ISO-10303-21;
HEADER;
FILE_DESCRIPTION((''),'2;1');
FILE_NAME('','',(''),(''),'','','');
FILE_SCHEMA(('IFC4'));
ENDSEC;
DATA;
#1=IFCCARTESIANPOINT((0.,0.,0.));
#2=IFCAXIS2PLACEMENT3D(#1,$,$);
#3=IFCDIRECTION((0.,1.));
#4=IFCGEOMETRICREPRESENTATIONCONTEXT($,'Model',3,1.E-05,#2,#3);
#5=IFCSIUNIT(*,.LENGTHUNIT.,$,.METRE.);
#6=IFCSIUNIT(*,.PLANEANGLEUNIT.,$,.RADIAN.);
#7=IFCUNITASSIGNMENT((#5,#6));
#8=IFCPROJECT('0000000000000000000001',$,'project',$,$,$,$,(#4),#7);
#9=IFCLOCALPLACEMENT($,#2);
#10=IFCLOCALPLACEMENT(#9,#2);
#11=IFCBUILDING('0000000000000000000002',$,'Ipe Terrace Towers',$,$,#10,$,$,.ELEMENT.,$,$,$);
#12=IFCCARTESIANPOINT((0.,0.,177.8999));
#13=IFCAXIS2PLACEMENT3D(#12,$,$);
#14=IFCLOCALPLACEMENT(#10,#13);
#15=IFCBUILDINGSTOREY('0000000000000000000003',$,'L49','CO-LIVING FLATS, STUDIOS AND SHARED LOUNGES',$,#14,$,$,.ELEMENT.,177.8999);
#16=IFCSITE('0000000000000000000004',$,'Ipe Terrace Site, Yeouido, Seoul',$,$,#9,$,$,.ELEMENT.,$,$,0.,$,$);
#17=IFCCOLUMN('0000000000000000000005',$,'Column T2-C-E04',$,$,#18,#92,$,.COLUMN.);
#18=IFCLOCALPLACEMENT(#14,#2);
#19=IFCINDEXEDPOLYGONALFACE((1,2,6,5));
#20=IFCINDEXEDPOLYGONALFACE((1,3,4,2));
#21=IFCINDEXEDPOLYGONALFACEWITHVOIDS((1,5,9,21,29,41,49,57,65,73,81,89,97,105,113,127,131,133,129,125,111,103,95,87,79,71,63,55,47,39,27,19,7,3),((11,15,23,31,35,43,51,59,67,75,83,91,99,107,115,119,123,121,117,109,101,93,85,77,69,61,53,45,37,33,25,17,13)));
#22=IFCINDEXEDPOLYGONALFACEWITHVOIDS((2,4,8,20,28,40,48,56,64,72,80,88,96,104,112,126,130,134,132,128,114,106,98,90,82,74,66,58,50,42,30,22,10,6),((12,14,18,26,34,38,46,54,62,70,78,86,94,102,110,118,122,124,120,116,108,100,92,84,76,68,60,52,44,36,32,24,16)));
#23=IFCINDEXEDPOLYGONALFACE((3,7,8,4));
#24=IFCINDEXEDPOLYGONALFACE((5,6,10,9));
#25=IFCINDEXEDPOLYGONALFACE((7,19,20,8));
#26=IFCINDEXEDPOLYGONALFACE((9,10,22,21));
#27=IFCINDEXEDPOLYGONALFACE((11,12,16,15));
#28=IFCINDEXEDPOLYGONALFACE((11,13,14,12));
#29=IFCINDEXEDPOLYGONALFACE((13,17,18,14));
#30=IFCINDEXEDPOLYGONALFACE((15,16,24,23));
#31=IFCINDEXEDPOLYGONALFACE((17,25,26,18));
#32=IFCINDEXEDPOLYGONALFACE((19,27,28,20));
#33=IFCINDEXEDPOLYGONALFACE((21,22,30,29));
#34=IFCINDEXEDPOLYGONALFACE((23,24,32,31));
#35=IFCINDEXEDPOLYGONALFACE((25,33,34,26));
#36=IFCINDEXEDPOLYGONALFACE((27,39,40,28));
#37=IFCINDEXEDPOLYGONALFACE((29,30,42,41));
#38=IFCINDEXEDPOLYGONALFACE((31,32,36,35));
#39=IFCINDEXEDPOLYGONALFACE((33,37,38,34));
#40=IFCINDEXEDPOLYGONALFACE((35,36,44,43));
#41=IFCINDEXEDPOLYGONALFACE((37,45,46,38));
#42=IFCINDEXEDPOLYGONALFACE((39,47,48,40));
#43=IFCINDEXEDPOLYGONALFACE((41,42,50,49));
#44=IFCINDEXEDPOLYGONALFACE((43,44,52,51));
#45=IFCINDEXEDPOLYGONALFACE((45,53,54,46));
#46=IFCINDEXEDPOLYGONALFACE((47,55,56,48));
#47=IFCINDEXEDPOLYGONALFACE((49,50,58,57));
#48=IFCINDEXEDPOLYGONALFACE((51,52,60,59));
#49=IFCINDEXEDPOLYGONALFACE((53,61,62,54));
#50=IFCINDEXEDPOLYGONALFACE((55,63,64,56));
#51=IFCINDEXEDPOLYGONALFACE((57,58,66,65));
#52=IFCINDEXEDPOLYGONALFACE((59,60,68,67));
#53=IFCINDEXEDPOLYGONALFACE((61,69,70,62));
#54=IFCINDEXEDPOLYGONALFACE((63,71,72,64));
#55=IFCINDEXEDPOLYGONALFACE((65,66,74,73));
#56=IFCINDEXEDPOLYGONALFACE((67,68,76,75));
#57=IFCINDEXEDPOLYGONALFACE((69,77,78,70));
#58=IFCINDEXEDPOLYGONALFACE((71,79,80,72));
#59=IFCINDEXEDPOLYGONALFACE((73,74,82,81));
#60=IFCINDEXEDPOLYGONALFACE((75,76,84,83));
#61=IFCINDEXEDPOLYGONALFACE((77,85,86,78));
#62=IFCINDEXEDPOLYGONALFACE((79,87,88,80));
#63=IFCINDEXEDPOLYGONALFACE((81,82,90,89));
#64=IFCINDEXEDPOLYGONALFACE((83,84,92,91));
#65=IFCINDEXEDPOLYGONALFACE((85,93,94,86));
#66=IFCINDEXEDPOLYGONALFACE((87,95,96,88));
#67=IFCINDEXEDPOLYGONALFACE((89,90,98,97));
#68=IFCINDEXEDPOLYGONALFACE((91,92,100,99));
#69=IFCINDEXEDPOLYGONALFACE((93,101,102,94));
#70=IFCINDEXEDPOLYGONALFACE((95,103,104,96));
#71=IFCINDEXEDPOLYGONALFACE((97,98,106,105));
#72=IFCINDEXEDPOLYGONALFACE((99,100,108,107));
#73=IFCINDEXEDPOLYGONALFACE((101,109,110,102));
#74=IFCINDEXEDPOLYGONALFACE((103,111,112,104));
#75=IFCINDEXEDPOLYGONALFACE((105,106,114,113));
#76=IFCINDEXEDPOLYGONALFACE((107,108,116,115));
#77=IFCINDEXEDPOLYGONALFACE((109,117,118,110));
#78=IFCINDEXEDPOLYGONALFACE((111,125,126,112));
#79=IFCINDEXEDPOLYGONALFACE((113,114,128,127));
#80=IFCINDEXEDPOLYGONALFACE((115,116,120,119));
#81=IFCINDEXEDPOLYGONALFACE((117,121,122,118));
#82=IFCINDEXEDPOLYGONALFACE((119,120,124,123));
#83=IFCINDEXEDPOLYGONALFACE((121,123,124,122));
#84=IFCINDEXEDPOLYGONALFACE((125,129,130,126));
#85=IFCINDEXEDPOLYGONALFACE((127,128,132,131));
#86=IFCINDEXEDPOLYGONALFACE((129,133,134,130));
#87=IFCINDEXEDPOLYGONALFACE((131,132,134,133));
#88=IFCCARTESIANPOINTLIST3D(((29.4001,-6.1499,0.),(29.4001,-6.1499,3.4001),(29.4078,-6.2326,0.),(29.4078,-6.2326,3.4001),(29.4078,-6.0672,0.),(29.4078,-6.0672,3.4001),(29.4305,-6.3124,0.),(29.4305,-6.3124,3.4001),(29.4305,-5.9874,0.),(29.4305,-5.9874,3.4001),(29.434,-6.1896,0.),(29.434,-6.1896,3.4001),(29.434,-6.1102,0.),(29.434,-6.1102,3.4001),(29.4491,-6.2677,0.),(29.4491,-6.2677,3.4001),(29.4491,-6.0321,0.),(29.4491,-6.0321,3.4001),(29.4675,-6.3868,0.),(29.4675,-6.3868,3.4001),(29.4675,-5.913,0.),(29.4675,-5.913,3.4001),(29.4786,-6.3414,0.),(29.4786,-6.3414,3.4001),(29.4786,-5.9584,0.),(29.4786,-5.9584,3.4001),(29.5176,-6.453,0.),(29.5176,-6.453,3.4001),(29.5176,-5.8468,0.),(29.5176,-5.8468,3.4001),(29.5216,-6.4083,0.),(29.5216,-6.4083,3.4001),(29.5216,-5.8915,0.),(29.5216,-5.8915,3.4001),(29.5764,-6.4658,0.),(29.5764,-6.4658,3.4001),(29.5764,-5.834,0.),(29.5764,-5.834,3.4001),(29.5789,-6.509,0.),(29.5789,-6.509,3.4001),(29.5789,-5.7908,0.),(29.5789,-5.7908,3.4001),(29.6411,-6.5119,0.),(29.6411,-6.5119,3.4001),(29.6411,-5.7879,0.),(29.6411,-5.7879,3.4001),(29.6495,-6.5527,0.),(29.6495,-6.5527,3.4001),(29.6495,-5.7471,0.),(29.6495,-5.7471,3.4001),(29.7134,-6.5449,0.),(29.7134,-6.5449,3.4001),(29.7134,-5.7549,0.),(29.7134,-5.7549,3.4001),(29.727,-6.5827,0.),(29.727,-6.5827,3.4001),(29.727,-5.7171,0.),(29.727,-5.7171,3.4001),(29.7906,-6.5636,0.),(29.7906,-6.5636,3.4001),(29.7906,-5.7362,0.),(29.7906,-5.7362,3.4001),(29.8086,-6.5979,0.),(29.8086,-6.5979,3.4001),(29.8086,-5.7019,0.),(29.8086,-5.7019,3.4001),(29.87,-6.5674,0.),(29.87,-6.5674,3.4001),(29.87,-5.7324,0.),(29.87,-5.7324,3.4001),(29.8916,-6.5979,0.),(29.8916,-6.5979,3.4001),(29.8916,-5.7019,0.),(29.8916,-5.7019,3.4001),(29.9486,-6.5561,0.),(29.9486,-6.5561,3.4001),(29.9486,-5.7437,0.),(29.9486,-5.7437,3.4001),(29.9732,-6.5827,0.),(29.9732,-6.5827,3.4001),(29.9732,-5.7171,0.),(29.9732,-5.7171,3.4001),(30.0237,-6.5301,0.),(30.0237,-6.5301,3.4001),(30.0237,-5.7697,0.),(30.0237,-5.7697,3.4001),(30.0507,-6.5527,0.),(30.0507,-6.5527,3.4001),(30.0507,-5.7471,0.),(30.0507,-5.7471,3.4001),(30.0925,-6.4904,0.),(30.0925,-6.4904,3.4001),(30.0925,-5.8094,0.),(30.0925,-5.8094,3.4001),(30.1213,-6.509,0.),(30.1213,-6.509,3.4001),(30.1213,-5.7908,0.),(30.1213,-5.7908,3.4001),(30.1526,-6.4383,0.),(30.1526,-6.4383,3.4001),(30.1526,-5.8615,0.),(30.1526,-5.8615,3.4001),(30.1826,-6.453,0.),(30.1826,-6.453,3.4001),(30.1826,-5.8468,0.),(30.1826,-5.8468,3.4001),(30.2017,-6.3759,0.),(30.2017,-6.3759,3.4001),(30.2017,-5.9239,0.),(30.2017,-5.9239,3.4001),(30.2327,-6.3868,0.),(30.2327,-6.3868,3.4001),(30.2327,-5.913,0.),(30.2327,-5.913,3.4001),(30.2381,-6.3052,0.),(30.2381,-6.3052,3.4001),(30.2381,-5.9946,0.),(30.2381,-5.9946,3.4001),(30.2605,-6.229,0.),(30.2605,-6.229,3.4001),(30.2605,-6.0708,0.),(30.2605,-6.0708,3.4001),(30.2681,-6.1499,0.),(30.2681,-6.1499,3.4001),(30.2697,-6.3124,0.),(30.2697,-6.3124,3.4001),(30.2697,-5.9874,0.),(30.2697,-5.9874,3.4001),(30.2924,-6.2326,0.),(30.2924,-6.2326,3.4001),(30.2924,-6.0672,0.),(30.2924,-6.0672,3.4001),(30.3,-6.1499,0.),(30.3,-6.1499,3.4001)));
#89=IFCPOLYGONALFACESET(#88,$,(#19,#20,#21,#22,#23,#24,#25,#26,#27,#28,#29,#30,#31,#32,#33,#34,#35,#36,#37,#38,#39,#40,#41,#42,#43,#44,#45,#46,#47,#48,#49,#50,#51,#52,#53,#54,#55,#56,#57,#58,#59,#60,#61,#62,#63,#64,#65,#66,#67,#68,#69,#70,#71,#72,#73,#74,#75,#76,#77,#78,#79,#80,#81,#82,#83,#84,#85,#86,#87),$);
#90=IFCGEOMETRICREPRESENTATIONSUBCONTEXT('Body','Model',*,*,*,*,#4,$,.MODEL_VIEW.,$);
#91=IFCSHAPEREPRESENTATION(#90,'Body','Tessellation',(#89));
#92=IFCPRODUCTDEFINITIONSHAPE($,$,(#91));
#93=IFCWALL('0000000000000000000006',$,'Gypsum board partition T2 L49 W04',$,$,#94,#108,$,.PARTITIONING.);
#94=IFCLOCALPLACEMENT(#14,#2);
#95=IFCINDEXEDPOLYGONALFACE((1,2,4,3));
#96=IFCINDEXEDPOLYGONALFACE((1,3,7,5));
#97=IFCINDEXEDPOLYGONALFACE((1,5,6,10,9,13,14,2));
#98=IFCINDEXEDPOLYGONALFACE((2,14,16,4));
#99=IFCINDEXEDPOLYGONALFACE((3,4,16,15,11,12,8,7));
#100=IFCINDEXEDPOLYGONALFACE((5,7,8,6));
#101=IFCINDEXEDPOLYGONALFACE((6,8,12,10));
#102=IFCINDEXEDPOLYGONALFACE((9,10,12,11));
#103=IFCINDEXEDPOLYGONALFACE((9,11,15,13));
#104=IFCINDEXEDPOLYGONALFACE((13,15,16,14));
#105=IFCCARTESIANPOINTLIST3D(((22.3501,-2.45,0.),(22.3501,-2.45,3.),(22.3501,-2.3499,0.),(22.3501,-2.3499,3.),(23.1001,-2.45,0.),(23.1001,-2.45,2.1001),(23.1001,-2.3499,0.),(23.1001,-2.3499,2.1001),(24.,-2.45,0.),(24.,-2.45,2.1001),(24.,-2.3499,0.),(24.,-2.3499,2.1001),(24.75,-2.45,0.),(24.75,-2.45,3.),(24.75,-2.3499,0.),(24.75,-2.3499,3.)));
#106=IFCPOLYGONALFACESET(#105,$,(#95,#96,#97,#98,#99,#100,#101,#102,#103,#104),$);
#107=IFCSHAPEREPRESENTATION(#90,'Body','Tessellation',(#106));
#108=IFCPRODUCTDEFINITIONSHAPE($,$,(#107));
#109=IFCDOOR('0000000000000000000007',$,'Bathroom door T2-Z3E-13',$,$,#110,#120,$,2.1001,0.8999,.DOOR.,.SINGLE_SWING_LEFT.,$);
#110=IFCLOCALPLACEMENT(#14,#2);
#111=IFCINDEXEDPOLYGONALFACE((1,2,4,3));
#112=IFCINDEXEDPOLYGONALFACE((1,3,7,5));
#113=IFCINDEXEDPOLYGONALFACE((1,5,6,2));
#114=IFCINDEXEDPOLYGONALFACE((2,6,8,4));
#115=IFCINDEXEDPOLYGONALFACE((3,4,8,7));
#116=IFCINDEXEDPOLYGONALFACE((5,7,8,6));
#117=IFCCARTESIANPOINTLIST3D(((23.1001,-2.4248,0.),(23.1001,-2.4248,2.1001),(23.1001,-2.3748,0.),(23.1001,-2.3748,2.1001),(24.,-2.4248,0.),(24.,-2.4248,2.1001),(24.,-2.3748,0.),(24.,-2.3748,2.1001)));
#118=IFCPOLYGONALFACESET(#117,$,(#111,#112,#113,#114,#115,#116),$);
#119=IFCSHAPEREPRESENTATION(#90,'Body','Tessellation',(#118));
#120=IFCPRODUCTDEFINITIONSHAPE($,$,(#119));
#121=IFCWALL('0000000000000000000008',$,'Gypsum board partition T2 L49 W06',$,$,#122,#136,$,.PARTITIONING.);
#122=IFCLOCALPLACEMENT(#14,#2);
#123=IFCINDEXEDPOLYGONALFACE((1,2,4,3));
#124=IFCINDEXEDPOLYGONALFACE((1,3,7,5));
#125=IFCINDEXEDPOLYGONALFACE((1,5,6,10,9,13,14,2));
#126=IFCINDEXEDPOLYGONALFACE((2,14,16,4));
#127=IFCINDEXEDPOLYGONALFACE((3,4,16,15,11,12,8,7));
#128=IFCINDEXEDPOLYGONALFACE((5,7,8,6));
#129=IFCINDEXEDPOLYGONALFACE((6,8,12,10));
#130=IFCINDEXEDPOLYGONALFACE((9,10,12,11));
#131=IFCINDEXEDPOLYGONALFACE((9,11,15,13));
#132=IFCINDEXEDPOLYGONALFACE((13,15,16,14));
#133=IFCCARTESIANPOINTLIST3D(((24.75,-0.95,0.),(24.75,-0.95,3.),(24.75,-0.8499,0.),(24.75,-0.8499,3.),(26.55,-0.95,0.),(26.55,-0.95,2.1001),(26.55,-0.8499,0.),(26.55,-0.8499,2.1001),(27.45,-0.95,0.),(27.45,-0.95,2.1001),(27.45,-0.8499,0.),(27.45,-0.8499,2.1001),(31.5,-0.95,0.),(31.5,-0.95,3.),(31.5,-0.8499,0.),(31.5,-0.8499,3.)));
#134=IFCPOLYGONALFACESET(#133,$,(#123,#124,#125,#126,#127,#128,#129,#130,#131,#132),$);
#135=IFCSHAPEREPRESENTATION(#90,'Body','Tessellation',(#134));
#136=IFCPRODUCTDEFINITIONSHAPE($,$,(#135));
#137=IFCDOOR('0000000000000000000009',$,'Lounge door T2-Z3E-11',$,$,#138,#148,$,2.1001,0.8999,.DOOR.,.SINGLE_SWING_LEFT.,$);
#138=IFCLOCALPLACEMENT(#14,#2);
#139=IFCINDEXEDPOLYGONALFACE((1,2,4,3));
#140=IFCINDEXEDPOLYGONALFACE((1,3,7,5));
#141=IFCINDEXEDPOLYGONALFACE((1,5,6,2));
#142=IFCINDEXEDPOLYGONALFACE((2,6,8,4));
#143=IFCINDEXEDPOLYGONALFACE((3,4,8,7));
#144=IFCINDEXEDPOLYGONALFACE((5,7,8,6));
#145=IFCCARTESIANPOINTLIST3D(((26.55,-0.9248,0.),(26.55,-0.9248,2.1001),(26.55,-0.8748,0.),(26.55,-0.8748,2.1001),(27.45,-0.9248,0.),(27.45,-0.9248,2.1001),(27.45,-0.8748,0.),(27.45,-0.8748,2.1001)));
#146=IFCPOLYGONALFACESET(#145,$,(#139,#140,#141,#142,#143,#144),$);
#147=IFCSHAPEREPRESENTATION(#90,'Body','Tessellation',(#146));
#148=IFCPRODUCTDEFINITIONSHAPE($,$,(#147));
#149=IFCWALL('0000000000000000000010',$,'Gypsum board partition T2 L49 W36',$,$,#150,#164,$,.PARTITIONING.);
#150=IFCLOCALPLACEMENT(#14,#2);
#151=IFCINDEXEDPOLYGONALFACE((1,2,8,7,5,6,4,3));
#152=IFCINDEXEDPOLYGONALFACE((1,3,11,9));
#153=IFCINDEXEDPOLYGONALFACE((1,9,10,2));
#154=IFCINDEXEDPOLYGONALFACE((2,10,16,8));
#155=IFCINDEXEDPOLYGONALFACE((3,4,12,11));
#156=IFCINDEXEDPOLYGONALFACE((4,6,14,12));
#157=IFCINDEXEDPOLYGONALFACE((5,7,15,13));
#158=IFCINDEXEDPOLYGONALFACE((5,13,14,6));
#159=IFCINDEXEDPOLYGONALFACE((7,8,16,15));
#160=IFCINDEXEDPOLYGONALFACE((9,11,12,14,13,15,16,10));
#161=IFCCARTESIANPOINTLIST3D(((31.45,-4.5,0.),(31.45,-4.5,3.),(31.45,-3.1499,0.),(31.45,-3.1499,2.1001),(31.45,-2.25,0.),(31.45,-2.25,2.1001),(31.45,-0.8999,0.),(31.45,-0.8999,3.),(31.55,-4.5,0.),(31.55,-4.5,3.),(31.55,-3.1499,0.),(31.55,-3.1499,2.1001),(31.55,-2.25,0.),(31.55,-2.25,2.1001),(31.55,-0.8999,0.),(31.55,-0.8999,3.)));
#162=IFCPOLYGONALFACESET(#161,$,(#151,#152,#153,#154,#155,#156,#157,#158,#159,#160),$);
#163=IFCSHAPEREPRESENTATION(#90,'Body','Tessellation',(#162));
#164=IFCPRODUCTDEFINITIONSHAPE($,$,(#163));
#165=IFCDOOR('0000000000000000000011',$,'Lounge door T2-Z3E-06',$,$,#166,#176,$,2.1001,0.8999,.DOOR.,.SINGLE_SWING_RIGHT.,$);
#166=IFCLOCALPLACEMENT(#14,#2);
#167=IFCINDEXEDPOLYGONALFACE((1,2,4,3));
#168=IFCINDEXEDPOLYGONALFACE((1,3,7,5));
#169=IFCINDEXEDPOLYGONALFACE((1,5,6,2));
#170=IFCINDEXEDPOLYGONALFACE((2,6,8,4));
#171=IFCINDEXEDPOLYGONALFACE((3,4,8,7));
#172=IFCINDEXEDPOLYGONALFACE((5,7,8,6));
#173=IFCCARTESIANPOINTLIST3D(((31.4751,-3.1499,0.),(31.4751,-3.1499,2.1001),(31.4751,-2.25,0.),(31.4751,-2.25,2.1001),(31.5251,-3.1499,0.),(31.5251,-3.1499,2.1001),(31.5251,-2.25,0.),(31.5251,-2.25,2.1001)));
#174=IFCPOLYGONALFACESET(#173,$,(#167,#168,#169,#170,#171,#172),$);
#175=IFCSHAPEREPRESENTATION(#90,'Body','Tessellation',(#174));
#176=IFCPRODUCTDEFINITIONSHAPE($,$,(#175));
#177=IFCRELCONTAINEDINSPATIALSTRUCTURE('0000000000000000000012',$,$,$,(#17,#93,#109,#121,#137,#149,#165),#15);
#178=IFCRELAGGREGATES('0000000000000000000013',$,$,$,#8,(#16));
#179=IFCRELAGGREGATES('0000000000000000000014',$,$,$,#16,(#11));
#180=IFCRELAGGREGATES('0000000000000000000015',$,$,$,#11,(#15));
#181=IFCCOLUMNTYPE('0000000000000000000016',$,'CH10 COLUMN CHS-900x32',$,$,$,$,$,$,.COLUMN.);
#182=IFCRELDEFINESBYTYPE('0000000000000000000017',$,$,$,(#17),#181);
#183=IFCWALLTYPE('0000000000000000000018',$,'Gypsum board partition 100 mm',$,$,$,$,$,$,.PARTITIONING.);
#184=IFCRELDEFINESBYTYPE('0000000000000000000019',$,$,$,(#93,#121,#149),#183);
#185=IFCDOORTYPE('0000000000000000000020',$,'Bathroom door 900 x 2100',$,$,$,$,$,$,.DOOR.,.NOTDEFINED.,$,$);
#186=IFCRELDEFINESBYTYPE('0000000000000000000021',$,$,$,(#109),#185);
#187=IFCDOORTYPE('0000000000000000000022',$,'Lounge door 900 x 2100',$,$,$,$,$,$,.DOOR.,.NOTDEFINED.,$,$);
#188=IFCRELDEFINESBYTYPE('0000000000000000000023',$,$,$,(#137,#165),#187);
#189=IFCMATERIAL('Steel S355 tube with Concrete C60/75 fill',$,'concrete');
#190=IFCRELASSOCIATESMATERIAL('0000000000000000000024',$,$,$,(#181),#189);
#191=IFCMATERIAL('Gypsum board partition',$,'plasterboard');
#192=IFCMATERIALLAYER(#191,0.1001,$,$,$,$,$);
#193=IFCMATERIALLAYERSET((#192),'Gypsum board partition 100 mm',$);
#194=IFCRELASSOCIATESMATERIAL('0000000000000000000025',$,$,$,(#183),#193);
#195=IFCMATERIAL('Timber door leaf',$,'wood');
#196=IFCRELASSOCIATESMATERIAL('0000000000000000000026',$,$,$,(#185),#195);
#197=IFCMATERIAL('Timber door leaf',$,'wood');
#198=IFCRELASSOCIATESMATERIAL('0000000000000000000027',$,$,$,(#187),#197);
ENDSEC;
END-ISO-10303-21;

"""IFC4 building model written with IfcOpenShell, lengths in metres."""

from ifc_helpers import new_model, si_unit, direction, frame, frame_2d, origin, origin_2d, place, context, subcontext, project, spatial, rectangle, hollow_circle, extrude, material, layer, layer_set, material_profile, profile_set, type_object, element, fill, save


model = new_model("IFC4")

# Units and contexts
model_context = context("Model", 3, precision=1e-05, world=origin(), true_north=direction((0.0, 1.0)))
body_context = subcontext(model_context, "Body", "Model", "MODEL_VIEW")
ifc_project = project(units=[si_unit("LENGTHUNIT", "METRE"), si_unit("PLANEANGLEUNIT", "RADIAN")], contexts=[model_context])

# Site, building, storey
site_placement = place(None, origin())
site = spatial("IfcSite", under=ifc_project, at=site_placement, Name="Ipe Terrace Site, Yeouido, Seoul", CompositionType="ELEMENT", RefElevation=0.0)
building_placement = place(site_placement, origin())
building = spatial("IfcBuilding", under=site, at=building_placement, Name="Ipe Terrace Towers", CompositionType="ELEMENT")
storey_placement = place(building_placement, frame((0.0, 0.0, 177.8999)))
storey = spatial("IfcBuildingStorey", under=building, at=storey_placement, Name="L49", Description="CO-LIVING FLATS, STUDIOS AND SHARED LOUNGES", CompositionType="ELEMENT", Elevation=177.8999)

# Column
ifc_material_1 = material(Name="Steel S355 tube with Concrete C60/75 fill", Category="concrete")
ifc_material_profile = material_profile(ifc_material_1, hollow_circle(Radius=0.45, WallThickness=0.032, at=origin_2d()), Name="CHS-900x32")
ifc_profile_set = profile_set([ifc_material_profile], Name="Steel S355 tube with Concrete C60/75 fill")
column_type = type_object("IfcColumnType", Name="CH10 COLUMN CHS-900x32", PredefinedType="COLUMN", material=ifc_profile_set)
column_placement = place(storey_placement, frame((29.8501, -6.1499, 0.0), z_axis=(0.0, 0.0, 1.0), x_axis=(1.0, 0.0, 0.0)))
element("IfcColumn", 1, at=column_placement, inside=storey, type_object=column_type, Name="Column T2-C-E04", PredefinedType="COLUMN", context=body_context, shape_type="SweptSolid", body=[
    extrude(hollow_circle(Radius=0.45, WallThickness=0.032, at=origin_2d()), origin(), (0.0, 0.0, 1.0), 3.4001),
])

# Walls, openings, doors
ifc_material_2 = material(Name="Gypsum board partition", Category="plasterboard")
ifc_layer_1 = layer(ifc_material_2, 0.1001)
ifc_layer_set_1 = layer_set([ifc_layer_1], Name="Gypsum board partition 100 mm")
wall_type_1 = type_object("IfcWallType", Name="Gypsum board partition 100 mm", PredefinedType="PARTITIONING", material=ifc_layer_set_1)
wall_1_placement = place(storey_placement, frame((24.75, -2.3999, 0.0), z_axis=(0.0, 0.0, 1.0), x_axis=(-1.0, 0.0, 0.0)))
wall_1 = element("IfcWall", 2, at=wall_1_placement, inside=storey, type_object=wall_type_1, Name="Gypsum board partition T2 L49 W04", PredefinedType="PARTITIONING", context=body_context, shape_type="SweptSolid", body=[
    extrude(rectangle(XDim=2.3999, YDim=0.1001, at=frame_2d((1.2, 0.0))), origin(), (0.0, 0.0, 1.0), 3.0),
])
opening_1_placement = place(wall_1_placement, frame((0.75, 0.0, 0.0)))
opening_1 = element("IfcOpeningElement", 3, at=opening_1_placement, cuts=wall_1, PredefinedType="OPENING", context=body_context, shape_type="SweptSolid", body=[
    extrude(rectangle(XDim=0.8999, YDim=2.1001, at=frame_2d((0.45, 1.05))), frame((0.0, 0.0601, 0.0), z_axis=(0.0, -1.0, 0.0), x_axis=(1.0, 0.0, 0.0)), (0.0, 0.0, 1.0), 0.1201),
])
ifc_material_3 = material(Name="Timber door leaf", Category="wood")
door_type_1 = type_object("IfcDoorType", Name="Bathroom door 900 x 2100", OperationType="NOTDEFINED", PredefinedType="DOOR", material=ifc_material_3)
door_1_placement = place(opening_1_placement, origin())
door_1 = element("IfcDoor", 4, at=door_1_placement, inside=storey, type_object=door_type_1, Name="Bathroom door T2-Z3E-13", OperationType="SINGLE_SWING_LEFT", OverallHeight=2.1001, OverallWidth=0.8999, PredefinedType="DOOR", context=body_context, shape_type="SweptSolid", body=[
    extrude(rectangle(XDim=0.8999, YDim=2.1001, at=frame_2d((0.45, 1.05))), frame((0.0, 0.0249, 0.0), z_axis=(0.0, -1.0, 0.0), x_axis=(1.0, 0.0, 0.0)), (0.0, 0.0, 1.0), 0.05),
])
fill(opening_1, door_1)
wall_2_placement = place(storey_placement, frame((31.5, -0.8999, 0.0), z_axis=(0.0, 0.0, 1.0), x_axis=(-1.0, 0.0, 0.0)))
wall_2 = element("IfcWall", 5, at=wall_2_placement, inside=storey, type_object=wall_type_1, Name="Gypsum board partition T2 L49 W06", PredefinedType="PARTITIONING", context=body_context, shape_type="SweptSolid", body=[
    extrude(rectangle(XDim=6.75, YDim=0.1001, at=frame_2d((3.375, 0.0))), origin(), (0.0, 0.0, 1.0), 3.0),
])
opening_2_placement = place(wall_2_placement, frame((4.05, 0.0, 0.0)))
opening_2 = element("IfcOpeningElement", 6, at=opening_2_placement, cuts=wall_2, PredefinedType="OPENING", context=body_context, shape_type="SweptSolid", body=[
    extrude(rectangle(XDim=0.8999, YDim=2.1001, at=frame_2d((0.45, 1.05))), frame((0.0, 0.0601, 0.0), z_axis=(0.0, -1.0, 0.0), x_axis=(1.0, 0.0, 0.0)), (0.0, 0.0, 1.0), 0.1201),
])
ifc_material_4 = material(Name="Timber door leaf", Category="wood")
door_type_2 = type_object("IfcDoorType", Name="Lounge door 900 x 2100", OperationType="NOTDEFINED", PredefinedType="DOOR", material=ifc_material_4)
door_2_placement = place(opening_2_placement, origin())
door_2 = element("IfcDoor", 7, at=door_2_placement, inside=storey, type_object=door_type_2, Name="Lounge door T2-Z3E-11", OperationType="SINGLE_SWING_LEFT", OverallHeight=2.1001, OverallWidth=0.8999, PredefinedType="DOOR", context=body_context, shape_type="SweptSolid", body=[
    extrude(rectangle(XDim=0.8999, YDim=2.1001, at=frame_2d((0.45, 1.05))), frame((0.0, 0.0249, 0.0), z_axis=(0.0, -1.0, 0.0), x_axis=(1.0, 0.0, 0.0)), (0.0, 0.0, 1.0), 0.05),
])
fill(opening_2, door_2)
wall_3_placement = place(storey_placement, frame((31.5, -4.5, 0.0), z_axis=(0.0, 0.0, 1.0), x_axis=(0.0, 1.0, 0.0)))
wall_3 = element("IfcWall", 8, at=wall_3_placement, inside=storey, type_object=wall_type_1, Name="Gypsum board partition T2 L49 W36", PredefinedType="PARTITIONING", context=body_context, shape_type="SweptSolid", body=[
    extrude(rectangle(XDim=3.6001, YDim=0.1001, at=frame_2d((1.8, 0.0))), origin(), (0.0, 0.0, 1.0), 3.0),
])
opening_3_placement = place(wall_3_placement, frame((1.3501, 0.0, 0.0)))
opening_3 = element("IfcOpeningElement", 9, at=opening_3_placement, cuts=wall_3, PredefinedType="OPENING", context=body_context, shape_type="SweptSolid", body=[
    extrude(rectangle(XDim=0.8999, YDim=2.1001, at=frame_2d((0.45, 1.05))), frame((0.0, 0.0601, 0.0), z_axis=(0.0, -1.0, 0.0), x_axis=(1.0, 0.0, 0.0)), (0.0, 0.0, 1.0), 0.1201),
])
door_3_placement = place(opening_3_placement, origin())
door_3 = element("IfcDoor", 10, at=door_3_placement, inside=storey, type_object=door_type_2, Name="Lounge door T2-Z3E-06", OperationType="SINGLE_SWING_RIGHT", OverallHeight=2.1001, OverallWidth=0.8999, PredefinedType="DOOR", context=body_context, shape_type="SweptSolid", body=[
    extrude(rectangle(XDim=0.8999, YDim=2.1001, at=frame_2d((0.45, 1.05))), frame((0.0, 0.0249, 0.0), z_axis=(0.0, -1.0, 0.0), x_axis=(1.0, 0.0, 0.0)), (0.0, 0.0, 1.0), 0.05),
])
fill(opening_3, door_3)

save(model, "model.ifc")
